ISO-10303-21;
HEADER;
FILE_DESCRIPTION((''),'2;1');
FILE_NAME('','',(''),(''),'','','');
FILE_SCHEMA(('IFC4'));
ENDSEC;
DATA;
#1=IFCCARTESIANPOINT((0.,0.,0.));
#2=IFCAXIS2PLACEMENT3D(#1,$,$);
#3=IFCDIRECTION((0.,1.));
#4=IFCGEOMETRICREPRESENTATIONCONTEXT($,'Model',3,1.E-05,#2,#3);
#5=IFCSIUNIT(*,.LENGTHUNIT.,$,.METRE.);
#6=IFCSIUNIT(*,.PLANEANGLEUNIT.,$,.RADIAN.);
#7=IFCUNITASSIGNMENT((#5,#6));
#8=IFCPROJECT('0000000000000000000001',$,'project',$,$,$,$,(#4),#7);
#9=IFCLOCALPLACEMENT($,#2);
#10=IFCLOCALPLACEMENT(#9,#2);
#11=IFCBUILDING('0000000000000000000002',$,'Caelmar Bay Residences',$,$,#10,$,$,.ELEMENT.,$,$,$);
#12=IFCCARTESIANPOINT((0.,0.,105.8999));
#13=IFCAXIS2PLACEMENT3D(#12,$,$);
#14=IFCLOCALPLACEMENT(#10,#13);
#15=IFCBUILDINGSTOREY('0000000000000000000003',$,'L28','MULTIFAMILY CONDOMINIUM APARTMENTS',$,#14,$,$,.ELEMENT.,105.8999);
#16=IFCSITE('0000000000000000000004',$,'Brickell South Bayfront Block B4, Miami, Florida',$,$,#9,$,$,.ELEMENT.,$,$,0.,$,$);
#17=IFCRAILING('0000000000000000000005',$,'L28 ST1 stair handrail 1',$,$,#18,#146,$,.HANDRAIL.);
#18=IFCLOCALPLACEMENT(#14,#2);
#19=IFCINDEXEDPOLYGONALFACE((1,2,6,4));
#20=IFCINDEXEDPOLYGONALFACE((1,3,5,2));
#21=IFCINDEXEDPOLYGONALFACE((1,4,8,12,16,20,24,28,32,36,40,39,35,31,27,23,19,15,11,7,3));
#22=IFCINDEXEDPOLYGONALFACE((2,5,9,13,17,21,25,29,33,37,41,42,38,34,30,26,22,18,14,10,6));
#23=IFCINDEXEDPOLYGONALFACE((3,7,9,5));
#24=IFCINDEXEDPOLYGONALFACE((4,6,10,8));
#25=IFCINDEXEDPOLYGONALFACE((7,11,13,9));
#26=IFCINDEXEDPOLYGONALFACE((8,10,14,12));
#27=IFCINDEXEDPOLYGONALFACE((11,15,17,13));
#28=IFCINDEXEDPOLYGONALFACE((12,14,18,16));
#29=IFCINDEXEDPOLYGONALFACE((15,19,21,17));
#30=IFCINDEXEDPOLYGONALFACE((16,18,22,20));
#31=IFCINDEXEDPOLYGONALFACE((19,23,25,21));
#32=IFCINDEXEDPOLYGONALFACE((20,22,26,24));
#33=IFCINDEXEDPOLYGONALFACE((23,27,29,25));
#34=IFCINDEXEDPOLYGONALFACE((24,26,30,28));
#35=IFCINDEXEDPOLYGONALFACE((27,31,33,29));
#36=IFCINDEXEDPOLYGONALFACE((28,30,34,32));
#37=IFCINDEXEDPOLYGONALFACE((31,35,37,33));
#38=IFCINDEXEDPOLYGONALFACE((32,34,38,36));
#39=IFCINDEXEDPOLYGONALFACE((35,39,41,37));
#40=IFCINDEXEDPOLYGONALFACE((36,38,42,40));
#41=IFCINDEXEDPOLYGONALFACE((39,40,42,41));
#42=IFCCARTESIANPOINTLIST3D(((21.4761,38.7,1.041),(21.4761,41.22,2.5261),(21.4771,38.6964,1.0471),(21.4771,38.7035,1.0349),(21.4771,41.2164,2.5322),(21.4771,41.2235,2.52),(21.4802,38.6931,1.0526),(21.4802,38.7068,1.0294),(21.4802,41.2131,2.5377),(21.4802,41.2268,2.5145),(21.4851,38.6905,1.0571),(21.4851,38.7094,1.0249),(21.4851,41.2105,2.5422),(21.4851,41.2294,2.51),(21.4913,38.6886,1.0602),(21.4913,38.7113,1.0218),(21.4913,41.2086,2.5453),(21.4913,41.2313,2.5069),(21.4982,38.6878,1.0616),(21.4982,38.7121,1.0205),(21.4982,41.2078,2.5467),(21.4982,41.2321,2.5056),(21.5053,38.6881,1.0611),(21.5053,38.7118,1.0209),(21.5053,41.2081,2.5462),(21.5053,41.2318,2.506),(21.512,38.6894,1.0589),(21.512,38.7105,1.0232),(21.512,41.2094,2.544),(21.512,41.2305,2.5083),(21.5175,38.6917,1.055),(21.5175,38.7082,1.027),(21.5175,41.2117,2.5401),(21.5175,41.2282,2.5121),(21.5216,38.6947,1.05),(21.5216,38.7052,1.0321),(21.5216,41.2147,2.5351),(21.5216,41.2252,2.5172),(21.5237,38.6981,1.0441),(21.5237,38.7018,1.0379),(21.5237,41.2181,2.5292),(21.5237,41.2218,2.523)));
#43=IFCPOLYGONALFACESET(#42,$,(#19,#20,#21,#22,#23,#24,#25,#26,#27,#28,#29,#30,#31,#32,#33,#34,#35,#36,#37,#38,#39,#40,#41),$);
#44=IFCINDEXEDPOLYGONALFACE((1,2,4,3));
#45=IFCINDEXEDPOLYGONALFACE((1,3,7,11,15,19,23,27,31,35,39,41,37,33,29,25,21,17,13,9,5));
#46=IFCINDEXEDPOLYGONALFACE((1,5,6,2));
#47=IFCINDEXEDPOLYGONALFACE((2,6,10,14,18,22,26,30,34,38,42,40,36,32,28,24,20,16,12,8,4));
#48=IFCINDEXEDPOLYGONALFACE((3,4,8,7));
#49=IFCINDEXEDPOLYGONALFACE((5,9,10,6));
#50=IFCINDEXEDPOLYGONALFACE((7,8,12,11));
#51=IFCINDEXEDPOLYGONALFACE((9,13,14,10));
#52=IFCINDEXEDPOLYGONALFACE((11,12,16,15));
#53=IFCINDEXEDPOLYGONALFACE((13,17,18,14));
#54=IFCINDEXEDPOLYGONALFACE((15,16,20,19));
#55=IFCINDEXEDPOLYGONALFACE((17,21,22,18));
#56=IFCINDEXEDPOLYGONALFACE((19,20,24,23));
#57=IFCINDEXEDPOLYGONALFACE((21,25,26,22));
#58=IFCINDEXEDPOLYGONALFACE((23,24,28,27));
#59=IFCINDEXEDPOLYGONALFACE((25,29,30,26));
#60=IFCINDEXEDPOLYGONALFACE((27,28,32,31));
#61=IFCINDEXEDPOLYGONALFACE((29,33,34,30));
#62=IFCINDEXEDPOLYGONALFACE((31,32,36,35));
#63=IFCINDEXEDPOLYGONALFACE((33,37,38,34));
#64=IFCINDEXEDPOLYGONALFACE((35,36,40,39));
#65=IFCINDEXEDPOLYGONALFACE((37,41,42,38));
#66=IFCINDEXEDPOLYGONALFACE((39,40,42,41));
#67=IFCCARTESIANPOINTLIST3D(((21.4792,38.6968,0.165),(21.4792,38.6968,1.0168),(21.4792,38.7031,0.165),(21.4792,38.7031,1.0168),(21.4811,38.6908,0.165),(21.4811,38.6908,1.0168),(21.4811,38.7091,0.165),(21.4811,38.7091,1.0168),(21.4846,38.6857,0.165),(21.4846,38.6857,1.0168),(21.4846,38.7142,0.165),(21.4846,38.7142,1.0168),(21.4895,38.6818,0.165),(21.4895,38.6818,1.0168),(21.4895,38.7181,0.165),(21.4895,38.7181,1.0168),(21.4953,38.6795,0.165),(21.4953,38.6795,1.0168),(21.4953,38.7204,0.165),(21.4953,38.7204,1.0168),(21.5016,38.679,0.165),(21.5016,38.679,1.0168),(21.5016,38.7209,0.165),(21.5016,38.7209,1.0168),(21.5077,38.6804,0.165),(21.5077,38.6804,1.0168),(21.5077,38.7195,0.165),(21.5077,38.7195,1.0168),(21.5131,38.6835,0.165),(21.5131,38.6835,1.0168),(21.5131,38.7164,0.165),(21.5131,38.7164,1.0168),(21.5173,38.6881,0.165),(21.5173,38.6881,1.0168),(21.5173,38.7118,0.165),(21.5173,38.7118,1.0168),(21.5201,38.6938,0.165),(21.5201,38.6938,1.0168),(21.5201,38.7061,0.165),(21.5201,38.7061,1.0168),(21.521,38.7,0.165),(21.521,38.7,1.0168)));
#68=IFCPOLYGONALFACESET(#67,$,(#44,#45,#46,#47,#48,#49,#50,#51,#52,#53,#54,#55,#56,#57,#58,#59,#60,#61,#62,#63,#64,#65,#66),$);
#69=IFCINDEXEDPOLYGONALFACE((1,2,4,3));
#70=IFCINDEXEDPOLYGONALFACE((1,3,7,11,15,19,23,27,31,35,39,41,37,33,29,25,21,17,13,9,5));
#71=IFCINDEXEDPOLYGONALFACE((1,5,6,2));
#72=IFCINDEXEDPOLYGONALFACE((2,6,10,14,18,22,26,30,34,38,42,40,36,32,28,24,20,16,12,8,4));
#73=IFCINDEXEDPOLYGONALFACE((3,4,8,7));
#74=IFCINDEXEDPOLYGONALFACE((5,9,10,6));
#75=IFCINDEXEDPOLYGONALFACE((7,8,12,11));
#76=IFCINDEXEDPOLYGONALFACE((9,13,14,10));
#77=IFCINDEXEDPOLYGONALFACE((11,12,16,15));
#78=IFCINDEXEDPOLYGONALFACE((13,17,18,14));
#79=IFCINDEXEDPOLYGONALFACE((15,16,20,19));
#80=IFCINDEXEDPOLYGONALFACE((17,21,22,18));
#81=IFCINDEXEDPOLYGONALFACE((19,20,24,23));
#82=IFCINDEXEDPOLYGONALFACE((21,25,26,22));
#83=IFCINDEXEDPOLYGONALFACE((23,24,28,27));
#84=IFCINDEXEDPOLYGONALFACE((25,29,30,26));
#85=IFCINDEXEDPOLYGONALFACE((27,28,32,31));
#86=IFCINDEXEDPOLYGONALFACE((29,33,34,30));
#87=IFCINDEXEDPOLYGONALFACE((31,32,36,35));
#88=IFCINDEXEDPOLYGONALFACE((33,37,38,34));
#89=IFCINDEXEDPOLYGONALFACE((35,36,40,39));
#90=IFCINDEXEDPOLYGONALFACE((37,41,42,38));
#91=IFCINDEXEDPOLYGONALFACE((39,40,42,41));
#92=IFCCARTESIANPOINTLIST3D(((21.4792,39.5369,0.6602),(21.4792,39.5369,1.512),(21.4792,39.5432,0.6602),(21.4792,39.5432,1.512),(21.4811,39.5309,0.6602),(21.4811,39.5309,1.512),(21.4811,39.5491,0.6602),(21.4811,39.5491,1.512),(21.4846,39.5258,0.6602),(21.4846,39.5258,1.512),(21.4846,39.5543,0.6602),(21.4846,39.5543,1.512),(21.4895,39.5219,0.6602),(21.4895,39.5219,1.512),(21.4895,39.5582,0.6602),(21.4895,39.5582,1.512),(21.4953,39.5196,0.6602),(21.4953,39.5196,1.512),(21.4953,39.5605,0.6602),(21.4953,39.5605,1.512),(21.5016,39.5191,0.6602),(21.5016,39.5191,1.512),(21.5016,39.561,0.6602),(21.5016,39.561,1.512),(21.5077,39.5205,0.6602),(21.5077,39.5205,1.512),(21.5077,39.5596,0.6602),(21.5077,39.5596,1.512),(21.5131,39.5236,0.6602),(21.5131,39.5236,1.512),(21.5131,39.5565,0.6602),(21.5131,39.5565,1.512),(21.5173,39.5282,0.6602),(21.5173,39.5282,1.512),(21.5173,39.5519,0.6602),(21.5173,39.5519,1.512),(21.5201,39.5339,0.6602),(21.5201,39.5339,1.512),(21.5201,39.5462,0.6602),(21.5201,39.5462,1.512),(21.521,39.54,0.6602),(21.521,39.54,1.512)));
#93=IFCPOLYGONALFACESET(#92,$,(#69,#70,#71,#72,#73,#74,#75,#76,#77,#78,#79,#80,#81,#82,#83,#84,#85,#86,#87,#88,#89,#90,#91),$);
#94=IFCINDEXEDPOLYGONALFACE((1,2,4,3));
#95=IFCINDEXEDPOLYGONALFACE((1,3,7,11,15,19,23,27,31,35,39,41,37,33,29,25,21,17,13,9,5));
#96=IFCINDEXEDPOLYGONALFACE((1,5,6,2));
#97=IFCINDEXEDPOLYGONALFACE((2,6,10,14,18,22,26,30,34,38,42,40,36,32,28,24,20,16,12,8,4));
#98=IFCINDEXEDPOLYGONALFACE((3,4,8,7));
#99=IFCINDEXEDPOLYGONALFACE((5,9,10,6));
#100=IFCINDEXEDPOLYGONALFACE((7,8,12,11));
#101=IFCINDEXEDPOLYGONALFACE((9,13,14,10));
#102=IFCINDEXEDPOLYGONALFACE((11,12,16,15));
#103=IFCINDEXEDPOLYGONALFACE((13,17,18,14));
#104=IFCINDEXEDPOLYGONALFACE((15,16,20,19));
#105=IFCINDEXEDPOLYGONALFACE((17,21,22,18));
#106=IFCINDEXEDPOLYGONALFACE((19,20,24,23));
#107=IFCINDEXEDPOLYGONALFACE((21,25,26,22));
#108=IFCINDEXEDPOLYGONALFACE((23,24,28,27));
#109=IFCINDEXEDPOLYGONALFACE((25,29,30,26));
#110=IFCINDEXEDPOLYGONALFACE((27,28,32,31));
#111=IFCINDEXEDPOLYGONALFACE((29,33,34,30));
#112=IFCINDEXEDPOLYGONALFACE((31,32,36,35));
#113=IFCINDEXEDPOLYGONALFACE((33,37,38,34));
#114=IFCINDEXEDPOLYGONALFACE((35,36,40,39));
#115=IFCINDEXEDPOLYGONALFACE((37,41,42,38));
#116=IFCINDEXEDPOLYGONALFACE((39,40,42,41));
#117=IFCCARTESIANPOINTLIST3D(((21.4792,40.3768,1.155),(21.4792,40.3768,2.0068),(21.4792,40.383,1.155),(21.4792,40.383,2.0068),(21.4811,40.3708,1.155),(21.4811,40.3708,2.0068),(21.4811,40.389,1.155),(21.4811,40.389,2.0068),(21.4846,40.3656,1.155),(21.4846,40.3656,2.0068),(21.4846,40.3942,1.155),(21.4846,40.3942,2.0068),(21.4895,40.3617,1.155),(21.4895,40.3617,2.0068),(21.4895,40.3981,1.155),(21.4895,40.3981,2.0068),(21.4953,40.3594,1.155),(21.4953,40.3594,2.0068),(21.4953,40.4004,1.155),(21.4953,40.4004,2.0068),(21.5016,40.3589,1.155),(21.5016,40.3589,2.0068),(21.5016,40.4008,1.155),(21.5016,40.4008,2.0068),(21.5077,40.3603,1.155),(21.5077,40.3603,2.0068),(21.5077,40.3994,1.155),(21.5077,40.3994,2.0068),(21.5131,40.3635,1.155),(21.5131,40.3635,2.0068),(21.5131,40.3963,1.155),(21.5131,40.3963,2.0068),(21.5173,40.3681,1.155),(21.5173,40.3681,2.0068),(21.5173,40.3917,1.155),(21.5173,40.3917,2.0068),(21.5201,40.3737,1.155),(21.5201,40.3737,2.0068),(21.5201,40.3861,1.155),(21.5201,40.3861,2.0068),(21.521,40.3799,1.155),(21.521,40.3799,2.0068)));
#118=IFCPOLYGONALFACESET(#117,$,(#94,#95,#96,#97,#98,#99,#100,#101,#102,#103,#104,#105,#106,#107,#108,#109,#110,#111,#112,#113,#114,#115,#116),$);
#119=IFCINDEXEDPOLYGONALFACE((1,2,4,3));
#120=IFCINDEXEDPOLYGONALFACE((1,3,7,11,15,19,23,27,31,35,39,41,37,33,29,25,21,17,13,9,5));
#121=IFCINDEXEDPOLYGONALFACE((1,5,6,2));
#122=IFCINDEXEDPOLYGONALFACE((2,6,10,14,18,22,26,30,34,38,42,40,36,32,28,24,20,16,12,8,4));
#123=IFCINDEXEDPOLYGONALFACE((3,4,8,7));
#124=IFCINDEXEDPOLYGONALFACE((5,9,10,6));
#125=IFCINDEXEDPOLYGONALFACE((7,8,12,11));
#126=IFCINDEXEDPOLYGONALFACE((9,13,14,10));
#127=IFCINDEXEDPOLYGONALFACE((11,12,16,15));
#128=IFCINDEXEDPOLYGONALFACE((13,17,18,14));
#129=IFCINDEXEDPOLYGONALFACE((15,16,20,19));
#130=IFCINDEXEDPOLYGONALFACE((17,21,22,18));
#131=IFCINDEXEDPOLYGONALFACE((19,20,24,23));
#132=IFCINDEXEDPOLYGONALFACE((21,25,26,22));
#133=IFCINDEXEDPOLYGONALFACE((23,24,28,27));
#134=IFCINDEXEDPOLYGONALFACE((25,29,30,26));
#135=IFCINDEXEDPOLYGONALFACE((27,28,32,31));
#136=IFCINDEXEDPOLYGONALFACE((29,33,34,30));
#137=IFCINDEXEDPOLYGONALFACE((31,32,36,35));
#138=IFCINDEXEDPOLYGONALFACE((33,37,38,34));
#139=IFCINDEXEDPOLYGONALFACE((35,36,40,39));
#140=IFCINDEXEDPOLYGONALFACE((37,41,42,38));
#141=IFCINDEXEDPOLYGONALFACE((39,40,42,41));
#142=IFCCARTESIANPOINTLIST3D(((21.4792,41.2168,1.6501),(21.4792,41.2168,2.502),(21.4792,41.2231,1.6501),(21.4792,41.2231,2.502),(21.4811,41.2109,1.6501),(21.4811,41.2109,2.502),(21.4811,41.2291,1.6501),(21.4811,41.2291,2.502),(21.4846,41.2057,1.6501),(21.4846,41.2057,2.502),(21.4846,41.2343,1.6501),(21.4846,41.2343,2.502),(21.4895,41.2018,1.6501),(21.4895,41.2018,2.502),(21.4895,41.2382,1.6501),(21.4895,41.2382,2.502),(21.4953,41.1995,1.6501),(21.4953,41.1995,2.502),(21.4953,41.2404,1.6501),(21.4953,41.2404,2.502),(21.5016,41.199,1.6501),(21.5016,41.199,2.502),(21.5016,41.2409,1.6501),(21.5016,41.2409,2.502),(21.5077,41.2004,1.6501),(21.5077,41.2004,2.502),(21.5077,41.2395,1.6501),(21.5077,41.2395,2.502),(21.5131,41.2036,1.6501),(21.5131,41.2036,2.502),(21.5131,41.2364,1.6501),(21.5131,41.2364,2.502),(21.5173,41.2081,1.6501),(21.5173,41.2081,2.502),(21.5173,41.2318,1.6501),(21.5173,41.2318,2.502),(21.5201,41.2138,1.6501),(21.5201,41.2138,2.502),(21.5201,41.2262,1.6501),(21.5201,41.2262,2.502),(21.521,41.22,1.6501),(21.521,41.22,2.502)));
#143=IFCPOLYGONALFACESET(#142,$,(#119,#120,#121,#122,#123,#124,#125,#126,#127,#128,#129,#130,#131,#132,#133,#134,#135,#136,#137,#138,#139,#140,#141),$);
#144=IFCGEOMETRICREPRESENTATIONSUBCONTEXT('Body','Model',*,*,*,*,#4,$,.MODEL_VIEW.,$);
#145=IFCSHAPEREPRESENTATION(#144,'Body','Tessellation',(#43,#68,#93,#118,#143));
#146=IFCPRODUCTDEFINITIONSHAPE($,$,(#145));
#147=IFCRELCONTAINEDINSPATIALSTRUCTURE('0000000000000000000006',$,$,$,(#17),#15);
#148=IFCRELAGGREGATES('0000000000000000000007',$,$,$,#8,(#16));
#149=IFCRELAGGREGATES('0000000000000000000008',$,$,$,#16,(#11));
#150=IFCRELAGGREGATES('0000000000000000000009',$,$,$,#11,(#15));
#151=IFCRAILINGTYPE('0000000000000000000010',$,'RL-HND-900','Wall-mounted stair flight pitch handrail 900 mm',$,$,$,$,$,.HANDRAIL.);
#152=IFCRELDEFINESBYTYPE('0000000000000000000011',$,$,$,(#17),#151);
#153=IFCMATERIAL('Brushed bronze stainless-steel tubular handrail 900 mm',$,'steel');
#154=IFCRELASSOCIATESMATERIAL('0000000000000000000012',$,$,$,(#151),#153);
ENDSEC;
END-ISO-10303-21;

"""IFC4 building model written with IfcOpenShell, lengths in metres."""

from ifc_helpers import new_model, si_unit, direction, frame, origin, origin_2d, place, context, subcontext, project, spatial, circle, extrude, material, type_object, element, save


model = new_model("IFC4")

# Units and contexts
model_context = context("Model", 3, precision=1e-05, world=origin(), true_north=direction((0.0, 1.0)))
body_context = subcontext(model_context, "Body", "Model", "MODEL_VIEW")
ifc_project = project(units=[si_unit("LENGTHUNIT", "METRE"), si_unit("PLANEANGLEUNIT", "RADIAN")], contexts=[model_context])

# Site, building, storey
site_placement = place(None, origin())
site = spatial("IfcSite", under=ifc_project, at=site_placement, Name="Brickell South Bayfront Block B4, Miami, Florida", CompositionType="ELEMENT", RefElevation=0.0)
building_placement = place(site_placement, origin())
building = spatial("IfcBuilding", under=site, at=building_placement, Name="Caelmar Bay Residences", CompositionType="ELEMENT")
storey_placement = place(building_placement, frame((0.0, 0.0, 105.8999)))
storey = spatial("IfcBuildingStorey", under=building, at=storey_placement, Name="L28", Description="MULTIFAMILY CONDOMINIUM APARTMENTS", CompositionType="ELEMENT", Elevation=105.8999)

# Railing
ifc_material_1 = material(Name="Brushed bronze stainless-steel tubular handrail 900 mm", Category="steel")
railing_type_1 = type_object("IfcRailingType", Name="RL-HND-900", Description="Wall-mounted stair flight pitch handrail 900 mm", PredefinedType="HANDRAIL", material=ifc_material_1)
railing_1_placement = place(storey_placement, frame((21.5, 38.7, 0.165)))
element("IfcRailing", 1, at=railing_1_placement, inside=storey, type_object=railing_type_1, Name="L28 ST1 stair handrail 1", PredefinedType="HANDRAIL", context=body_context, shape_type="SweptSolid", body=[
    extrude(circle(Radius=0.0239, at=origin_2d()), frame((0.0, 0.0, 0.876), z_axis=(0.0, 0.861524, 0.507717), x_axis=(-1.0, 0.0, 0.0)), (0.0, 0.0, 1.0), 2.925),
    extrude(circle(Radius=0.021, at=origin_2d()), origin(), (0.0, 0.0, 1.0), 0.8518),
    extrude(circle(Radius=0.021, at=origin_2d()), frame((0.0, 0.8401, 0.4951)), (0.0, 0.0, 1.0), 0.8518),
    extrude(circle(Radius=0.021, at=origin_2d()), frame((0.0, 1.6799, 0.99)), (0.0, 0.0, 1.0), 0.8518),
    extrude(circle(Radius=0.021, at=origin_2d()), frame((0.0, 2.52, 1.4851)), (0.0, 0.0, 1.0), 0.8518),
])

save(model, "model.ifc")
